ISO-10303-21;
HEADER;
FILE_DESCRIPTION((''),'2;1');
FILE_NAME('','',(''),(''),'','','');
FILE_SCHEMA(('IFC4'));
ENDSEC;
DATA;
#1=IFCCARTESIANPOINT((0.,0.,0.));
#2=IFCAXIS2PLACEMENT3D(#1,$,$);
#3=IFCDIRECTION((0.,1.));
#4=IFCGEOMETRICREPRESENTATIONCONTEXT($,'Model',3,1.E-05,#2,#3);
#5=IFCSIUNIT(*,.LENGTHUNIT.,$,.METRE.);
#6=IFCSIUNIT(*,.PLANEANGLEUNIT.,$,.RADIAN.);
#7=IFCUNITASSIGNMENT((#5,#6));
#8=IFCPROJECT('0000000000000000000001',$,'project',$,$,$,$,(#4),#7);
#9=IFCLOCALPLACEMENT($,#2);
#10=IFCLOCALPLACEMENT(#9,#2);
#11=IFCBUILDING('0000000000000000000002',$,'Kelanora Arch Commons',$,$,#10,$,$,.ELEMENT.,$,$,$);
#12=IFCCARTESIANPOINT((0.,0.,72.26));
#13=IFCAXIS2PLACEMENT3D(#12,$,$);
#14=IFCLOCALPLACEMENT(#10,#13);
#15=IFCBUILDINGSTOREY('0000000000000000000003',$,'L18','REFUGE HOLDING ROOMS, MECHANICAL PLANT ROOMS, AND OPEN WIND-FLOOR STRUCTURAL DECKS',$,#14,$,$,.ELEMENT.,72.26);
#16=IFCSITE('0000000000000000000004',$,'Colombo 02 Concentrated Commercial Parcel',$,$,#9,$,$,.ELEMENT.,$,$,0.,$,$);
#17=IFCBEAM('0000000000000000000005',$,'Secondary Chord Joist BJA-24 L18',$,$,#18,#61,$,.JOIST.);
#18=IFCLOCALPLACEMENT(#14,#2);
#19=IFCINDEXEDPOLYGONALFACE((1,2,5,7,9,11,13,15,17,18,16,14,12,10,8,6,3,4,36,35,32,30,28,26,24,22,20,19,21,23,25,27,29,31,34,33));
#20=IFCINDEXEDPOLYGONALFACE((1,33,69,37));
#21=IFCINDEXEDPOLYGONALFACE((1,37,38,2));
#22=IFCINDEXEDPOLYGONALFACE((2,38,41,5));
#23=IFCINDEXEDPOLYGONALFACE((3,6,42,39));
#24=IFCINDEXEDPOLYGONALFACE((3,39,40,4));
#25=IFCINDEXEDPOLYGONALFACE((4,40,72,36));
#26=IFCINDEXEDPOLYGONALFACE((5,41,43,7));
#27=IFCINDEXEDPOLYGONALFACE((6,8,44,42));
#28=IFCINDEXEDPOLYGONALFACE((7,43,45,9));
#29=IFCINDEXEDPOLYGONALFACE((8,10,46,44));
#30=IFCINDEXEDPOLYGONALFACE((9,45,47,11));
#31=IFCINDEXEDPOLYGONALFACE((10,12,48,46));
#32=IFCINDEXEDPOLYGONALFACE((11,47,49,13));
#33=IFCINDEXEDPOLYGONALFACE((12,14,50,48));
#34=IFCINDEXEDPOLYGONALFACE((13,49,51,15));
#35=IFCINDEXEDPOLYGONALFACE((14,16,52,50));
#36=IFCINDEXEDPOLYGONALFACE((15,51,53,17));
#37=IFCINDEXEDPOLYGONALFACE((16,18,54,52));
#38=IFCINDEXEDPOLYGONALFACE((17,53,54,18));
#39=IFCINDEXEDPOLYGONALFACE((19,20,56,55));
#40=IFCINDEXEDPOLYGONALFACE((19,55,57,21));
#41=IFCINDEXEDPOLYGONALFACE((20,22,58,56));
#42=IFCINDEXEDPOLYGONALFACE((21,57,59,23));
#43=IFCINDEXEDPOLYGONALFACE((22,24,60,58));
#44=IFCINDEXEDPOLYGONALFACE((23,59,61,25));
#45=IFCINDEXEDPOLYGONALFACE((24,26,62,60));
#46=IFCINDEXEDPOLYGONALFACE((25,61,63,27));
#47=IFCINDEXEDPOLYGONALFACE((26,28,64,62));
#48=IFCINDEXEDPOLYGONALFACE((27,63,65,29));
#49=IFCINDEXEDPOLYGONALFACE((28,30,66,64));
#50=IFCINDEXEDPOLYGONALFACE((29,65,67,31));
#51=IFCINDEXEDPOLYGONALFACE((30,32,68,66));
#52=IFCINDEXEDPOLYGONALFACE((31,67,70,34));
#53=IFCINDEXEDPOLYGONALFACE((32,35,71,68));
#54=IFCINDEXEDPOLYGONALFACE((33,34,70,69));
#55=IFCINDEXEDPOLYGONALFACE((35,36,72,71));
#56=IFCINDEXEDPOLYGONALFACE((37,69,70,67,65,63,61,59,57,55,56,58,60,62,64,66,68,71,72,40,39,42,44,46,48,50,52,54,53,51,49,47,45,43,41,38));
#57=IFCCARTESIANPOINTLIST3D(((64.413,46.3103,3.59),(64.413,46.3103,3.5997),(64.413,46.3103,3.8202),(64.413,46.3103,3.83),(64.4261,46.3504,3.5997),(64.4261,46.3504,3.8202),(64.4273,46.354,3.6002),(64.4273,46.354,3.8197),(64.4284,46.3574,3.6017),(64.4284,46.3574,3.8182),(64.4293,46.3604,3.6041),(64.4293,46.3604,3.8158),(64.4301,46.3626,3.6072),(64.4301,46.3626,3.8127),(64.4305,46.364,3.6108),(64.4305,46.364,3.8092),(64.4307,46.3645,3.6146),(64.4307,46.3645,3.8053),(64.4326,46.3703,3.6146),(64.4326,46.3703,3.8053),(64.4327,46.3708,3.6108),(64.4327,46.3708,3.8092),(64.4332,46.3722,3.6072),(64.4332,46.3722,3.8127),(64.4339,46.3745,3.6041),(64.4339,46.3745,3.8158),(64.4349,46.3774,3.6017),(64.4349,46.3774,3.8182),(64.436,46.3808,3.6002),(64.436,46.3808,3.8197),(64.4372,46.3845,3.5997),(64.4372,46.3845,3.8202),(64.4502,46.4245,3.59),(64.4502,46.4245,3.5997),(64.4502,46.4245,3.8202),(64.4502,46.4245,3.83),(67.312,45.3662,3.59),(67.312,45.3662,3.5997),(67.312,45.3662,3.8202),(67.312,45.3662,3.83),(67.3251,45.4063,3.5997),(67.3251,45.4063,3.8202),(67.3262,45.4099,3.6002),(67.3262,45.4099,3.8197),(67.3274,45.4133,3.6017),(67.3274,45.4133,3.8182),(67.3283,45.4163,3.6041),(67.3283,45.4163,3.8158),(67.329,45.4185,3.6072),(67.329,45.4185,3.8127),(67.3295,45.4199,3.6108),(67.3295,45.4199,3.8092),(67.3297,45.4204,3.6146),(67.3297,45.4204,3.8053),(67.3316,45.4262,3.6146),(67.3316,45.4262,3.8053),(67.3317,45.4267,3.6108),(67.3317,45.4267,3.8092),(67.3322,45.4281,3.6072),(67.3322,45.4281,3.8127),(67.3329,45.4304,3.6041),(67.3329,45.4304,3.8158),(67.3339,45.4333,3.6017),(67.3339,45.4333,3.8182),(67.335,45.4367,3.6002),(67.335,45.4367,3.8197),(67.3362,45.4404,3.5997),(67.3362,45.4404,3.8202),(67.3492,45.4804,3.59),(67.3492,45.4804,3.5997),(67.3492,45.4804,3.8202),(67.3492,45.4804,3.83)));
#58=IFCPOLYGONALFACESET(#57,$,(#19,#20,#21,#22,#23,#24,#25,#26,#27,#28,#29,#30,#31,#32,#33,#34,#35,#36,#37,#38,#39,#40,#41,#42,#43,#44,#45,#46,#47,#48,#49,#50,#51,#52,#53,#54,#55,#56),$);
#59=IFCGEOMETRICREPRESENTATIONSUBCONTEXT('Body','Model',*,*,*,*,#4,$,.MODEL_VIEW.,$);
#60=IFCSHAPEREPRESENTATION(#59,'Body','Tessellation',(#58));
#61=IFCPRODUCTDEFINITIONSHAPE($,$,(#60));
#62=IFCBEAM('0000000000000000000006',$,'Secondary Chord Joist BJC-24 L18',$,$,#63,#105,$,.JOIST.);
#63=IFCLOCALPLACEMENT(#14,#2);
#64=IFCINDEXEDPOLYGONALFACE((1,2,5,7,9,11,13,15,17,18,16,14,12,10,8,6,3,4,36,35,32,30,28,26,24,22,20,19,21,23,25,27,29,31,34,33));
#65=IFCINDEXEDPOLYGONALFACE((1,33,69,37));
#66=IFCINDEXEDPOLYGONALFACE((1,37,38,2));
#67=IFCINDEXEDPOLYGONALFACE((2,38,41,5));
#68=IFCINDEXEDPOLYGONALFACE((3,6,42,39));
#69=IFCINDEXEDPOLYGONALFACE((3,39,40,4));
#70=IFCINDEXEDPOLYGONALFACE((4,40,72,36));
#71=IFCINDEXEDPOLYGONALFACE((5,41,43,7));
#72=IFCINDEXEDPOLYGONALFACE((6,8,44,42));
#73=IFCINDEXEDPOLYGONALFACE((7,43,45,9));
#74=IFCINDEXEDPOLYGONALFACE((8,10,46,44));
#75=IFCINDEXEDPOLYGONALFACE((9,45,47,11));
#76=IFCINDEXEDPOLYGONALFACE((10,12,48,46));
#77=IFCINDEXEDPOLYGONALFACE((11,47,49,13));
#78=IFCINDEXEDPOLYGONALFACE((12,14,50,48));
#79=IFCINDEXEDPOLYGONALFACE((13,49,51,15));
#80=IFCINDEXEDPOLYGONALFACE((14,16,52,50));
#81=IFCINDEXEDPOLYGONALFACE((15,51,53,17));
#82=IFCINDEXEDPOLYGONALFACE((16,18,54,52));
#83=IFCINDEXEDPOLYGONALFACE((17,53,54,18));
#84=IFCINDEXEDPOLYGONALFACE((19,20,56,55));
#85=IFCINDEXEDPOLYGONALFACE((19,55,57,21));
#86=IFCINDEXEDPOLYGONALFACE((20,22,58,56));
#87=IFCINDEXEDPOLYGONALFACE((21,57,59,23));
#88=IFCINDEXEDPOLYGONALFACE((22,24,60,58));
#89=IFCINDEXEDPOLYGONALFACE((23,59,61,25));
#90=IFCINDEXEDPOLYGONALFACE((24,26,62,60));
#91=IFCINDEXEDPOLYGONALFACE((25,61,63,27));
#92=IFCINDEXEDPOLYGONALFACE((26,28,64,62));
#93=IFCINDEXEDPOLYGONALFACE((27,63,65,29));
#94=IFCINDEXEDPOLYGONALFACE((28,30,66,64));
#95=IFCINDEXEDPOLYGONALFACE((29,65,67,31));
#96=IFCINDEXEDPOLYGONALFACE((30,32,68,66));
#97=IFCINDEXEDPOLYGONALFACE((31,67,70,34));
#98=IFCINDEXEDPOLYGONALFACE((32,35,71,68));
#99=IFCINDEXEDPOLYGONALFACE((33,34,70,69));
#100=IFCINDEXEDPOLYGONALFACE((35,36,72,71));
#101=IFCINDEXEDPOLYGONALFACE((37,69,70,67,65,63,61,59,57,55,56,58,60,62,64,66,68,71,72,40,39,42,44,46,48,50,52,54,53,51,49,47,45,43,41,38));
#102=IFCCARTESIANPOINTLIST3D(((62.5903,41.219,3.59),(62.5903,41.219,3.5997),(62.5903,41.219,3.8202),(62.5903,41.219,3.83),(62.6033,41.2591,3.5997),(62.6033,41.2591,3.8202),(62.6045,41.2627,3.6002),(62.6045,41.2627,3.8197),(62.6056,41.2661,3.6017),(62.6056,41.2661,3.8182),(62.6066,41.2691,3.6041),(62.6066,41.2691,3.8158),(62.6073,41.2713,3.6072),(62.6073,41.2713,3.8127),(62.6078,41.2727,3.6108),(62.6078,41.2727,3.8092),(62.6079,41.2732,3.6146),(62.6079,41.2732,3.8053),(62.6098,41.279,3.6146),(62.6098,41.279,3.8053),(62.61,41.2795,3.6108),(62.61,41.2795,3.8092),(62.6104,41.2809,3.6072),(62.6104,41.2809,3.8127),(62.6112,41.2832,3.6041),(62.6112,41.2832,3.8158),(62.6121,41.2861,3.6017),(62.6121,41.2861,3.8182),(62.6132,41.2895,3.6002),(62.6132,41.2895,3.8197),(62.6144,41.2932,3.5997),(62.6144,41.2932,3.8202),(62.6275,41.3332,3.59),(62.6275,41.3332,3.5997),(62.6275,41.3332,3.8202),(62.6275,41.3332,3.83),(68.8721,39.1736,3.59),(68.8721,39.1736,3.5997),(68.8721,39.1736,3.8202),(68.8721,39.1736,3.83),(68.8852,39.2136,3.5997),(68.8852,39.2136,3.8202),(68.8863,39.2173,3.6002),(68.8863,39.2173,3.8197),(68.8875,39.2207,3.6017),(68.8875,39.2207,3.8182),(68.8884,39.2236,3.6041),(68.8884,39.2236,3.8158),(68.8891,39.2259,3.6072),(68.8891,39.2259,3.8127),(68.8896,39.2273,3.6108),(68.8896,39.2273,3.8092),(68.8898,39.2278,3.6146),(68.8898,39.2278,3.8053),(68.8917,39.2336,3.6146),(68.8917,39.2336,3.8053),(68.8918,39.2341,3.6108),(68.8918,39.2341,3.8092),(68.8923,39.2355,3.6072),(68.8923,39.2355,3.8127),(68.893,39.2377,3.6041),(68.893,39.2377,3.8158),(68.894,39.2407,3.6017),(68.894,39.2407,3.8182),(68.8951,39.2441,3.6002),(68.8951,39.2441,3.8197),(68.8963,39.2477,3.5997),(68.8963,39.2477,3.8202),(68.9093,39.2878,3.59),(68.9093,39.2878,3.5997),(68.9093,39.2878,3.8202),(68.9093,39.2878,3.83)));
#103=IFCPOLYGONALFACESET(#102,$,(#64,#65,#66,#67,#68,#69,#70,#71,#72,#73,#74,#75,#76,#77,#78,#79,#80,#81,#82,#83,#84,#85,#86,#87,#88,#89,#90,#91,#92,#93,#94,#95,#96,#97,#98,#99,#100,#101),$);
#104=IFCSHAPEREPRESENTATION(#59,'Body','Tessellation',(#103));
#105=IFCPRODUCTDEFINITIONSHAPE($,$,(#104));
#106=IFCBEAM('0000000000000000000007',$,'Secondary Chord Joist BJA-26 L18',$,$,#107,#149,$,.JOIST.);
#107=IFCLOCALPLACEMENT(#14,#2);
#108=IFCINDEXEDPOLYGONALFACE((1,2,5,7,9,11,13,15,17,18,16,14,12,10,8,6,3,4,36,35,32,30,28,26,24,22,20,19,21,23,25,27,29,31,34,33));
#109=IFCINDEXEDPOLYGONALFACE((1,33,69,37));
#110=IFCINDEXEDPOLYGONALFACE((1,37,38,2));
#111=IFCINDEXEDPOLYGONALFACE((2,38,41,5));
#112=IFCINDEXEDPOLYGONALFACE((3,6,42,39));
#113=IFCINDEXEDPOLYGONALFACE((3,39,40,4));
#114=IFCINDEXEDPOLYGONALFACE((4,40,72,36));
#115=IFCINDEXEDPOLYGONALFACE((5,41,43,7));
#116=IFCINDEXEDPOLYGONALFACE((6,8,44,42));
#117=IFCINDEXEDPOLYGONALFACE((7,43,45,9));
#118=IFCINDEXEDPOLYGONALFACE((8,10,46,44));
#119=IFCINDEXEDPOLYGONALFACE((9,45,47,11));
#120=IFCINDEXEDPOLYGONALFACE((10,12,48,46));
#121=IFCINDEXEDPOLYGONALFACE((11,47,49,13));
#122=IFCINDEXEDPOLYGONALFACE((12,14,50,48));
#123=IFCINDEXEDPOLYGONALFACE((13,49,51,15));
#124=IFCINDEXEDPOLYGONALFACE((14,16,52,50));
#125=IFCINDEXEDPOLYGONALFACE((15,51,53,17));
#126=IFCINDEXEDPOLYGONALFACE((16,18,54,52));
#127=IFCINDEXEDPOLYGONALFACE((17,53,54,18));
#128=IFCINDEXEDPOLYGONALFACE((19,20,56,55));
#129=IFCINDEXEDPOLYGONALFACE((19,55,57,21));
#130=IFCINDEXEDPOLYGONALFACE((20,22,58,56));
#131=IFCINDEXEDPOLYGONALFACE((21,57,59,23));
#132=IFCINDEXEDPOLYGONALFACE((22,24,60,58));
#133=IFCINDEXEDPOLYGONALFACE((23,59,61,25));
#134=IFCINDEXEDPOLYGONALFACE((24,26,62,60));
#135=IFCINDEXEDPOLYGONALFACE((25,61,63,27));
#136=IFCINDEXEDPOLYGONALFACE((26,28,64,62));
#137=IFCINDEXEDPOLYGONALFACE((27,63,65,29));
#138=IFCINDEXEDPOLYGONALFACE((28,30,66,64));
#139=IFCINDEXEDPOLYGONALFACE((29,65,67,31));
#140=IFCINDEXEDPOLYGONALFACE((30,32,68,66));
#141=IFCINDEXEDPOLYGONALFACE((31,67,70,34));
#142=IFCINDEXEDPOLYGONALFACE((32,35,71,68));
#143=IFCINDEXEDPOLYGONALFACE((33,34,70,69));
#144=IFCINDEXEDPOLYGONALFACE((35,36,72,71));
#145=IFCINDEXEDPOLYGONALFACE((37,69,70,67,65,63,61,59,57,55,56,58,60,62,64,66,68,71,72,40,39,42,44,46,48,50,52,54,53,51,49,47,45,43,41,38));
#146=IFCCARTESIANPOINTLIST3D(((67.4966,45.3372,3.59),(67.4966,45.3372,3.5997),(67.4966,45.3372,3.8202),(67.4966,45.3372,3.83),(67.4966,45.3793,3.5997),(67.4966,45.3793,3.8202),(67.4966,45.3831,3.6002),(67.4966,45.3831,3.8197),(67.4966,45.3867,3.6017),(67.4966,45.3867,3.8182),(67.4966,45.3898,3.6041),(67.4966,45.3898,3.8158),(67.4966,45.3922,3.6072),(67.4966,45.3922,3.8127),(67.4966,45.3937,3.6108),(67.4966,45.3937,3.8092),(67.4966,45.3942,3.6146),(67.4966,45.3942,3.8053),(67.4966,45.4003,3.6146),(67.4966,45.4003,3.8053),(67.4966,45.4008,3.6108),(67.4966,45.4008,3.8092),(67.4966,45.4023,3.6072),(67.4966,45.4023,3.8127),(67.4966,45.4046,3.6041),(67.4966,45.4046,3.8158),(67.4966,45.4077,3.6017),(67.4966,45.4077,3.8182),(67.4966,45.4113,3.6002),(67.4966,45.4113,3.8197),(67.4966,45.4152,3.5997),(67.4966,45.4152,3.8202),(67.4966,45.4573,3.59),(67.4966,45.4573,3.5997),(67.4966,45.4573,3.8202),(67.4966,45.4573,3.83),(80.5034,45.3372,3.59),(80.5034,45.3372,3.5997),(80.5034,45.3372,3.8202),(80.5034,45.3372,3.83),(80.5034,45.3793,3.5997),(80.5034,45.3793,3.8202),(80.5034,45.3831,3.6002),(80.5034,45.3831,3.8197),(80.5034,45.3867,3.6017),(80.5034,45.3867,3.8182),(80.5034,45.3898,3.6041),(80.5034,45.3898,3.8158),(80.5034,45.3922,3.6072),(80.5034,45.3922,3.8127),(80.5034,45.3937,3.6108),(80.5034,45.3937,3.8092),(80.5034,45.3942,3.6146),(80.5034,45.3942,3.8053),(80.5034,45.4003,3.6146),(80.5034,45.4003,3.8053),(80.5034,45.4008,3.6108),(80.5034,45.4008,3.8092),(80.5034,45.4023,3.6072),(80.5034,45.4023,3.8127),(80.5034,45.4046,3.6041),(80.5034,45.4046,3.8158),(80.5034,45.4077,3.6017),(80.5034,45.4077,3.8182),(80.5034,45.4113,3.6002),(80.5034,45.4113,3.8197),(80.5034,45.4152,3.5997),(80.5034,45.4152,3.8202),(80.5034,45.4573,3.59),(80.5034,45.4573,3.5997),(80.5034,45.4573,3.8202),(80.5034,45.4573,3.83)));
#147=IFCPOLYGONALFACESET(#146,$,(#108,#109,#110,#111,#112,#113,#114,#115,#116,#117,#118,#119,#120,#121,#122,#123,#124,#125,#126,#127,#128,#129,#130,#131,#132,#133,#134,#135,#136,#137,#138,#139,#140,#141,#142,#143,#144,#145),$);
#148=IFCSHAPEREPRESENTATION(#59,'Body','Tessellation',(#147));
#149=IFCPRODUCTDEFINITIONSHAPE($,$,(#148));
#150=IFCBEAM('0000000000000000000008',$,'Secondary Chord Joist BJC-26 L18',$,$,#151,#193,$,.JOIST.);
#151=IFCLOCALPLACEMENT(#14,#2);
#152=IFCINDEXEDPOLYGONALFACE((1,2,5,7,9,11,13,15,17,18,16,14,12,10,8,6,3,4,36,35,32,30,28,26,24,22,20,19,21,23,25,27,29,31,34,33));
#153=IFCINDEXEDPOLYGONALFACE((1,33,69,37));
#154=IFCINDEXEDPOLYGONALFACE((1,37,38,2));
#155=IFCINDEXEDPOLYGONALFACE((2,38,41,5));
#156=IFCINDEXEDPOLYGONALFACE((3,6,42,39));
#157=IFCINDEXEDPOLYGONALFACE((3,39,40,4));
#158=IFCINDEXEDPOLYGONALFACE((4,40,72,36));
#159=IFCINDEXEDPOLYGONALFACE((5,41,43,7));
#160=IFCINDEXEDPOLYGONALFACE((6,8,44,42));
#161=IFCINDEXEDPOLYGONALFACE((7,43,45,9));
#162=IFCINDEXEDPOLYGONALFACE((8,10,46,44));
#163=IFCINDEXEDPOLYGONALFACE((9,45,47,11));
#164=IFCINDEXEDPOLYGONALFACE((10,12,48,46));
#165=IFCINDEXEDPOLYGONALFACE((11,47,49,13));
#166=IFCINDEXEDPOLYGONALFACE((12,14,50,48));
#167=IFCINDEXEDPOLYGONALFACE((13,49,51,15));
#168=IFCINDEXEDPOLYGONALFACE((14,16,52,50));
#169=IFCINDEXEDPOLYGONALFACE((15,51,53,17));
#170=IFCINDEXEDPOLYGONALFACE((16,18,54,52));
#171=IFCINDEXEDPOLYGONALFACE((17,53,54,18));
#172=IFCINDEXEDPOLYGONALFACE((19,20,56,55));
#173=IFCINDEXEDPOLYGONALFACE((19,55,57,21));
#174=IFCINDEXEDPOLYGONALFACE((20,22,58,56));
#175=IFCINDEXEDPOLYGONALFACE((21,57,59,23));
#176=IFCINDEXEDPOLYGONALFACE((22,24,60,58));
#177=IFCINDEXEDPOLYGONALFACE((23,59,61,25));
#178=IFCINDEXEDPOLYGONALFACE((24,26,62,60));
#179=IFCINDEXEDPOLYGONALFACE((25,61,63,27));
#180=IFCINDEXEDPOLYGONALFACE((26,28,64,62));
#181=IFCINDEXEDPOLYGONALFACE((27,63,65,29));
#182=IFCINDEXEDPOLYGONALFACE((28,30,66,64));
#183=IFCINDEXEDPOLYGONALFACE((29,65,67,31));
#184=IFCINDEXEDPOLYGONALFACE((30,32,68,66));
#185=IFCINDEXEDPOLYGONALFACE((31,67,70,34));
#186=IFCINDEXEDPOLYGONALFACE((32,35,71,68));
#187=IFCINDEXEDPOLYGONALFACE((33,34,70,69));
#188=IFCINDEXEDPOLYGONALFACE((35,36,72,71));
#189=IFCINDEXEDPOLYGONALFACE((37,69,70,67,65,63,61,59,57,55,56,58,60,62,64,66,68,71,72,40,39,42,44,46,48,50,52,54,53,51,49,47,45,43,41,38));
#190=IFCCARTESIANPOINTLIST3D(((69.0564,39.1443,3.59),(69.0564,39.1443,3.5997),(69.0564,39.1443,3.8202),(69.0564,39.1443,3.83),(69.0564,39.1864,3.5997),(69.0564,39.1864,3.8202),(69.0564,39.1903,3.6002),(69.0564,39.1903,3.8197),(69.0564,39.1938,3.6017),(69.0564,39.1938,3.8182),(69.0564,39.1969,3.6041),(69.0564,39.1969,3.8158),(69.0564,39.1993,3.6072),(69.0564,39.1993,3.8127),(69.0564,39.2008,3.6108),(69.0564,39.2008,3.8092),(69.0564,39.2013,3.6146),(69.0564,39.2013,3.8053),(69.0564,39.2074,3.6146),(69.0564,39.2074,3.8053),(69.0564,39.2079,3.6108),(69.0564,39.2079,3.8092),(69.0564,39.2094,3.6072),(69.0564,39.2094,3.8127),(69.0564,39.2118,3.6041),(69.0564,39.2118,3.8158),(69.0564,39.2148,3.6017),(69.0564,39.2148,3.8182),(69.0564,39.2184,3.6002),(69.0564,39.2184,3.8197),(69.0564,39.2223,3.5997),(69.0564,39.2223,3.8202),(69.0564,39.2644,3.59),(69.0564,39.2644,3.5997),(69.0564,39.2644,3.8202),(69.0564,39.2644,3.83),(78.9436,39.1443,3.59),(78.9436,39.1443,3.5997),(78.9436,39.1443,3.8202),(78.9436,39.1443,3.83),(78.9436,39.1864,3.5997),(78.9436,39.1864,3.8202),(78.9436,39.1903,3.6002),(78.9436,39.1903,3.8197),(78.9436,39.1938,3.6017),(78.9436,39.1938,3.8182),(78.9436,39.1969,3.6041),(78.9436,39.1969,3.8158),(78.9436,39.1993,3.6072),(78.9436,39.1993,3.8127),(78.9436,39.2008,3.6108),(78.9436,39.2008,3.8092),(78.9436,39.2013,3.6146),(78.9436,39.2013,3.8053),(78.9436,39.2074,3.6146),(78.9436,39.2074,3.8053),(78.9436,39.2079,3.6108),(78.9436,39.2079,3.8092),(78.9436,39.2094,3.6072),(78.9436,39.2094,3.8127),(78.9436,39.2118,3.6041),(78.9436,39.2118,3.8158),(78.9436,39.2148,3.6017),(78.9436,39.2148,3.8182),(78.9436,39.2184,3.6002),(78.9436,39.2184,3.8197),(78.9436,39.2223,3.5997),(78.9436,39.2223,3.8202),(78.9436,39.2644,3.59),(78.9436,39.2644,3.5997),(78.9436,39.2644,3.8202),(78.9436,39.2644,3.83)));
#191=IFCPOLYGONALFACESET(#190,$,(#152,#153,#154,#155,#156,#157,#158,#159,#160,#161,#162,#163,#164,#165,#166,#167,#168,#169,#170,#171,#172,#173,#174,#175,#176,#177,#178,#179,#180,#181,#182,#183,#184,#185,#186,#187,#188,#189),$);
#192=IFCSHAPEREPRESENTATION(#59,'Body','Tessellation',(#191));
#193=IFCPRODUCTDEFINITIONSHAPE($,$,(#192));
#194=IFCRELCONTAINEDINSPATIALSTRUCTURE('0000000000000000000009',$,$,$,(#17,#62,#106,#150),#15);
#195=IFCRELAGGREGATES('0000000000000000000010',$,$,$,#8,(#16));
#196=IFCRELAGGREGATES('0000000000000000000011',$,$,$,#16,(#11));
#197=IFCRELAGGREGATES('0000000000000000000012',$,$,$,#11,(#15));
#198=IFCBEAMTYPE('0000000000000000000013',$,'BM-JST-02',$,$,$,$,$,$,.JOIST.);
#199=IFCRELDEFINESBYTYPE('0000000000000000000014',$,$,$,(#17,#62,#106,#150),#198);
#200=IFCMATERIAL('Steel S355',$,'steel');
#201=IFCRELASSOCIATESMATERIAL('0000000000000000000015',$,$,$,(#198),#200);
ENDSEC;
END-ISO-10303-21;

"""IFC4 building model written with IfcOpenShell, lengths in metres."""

from ifc_helpers import new_model, si_unit, direction, frame, origin, origin_2d, place, context, subcontext, project, spatial, i_section, extrude, material, material_profile, profile_set, type_object, element, save


model = new_model("IFC4")

# Units and contexts
model_context = context("Model", 3, precision=1e-05, world=origin(), true_north=direction((0.0, 1.0)))
body_context = subcontext(model_context, "Body", "Model", "MODEL_VIEW")
ifc_project = project(units=[si_unit("LENGTHUNIT", "METRE"), si_unit("PLANEANGLEUNIT", "RADIAN")], contexts=[model_context])

# Site, building, storey
site_placement = place(None, origin())
site = spatial("IfcSite", under=ifc_project, at=site_placement, Name="Colombo 02 Concentrated Commercial Parcel", CompositionType="ELEMENT", RefElevation=0.0)
building_placement = place(site_placement, origin())
building = spatial("IfcBuilding", under=site, at=building_placement, Name="Kelanora Arch Commons", CompositionType="ELEMENT")
storey_placement = place(building_placement, frame((0.0, 0.0, 72.26)))
storey = spatial("IfcBuildingStorey", under=building, at=storey_placement, Name="L18", Description="REFUGE HOLDING ROOMS, MECHANICAL PLANT ROOMS, AND OPEN WIND-FLOOR STRUCTURAL DECKS", CompositionType="ELEMENT", Elevation=72.26)

# Beams
ifc_material_1 = material(Name="Steel S355", Category="steel")
ifc_material_profile_1 = material_profile(ifc_material_1, i_section(OverallWidth=0.1201, OverallDepth=0.24, WebThickness=0.0061, FlangeThickness=0.0098, FilletRadius=0.0149, at=origin_2d()), Name="IPE240")
ifc_profile_set_1 = profile_set([ifc_material_profile_1], Name="Steel S355")
beam_type_1 = type_object("IfcBeamType", Name="BM-JST-02", PredefinedType="JOIST", material=ifc_profile_set_1)
beam_1_placement = place(storey_placement, frame((64.4316, 46.3674, 3.71), z_axis=(0.950847, -0.309662, 0.0), x_axis=(0.309662, 0.950847, 0.0)))
element("IfcBeam", 1, at=beam_1_placement, inside=storey, type_object=beam_type_1, Name="Secondary Chord Joist BJA-24 L18", PredefinedType="JOIST", context=body_context, shape_type="SweptSolid", body=[
    extrude(i_section(OverallWidth=0.1201, OverallDepth=0.24, WebThickness=0.0061, FlangeThickness=0.0098, FilletRadius=0.0149, at=origin_2d()), origin(), (0.0, 0.0, 1.0), 3.0488),
])
beam_2_placement = place(storey_placement, frame((62.6089, 41.2761, 3.71), z_axis=(0.950863, -0.309612, 0.0), x_axis=(0.309612, 0.950863, 0.0)))
element("IfcBeam", 2, at=beam_2_placement, inside=storey, type_object=beam_type_1, Name="Secondary Chord Joist BJC-24 L18", PredefinedType="JOIST", context=body_context, shape_type="SweptSolid", body=[
    extrude(i_section(OverallWidth=0.1201, OverallDepth=0.24, WebThickness=0.0061, FlangeThickness=0.0098, FilletRadius=0.0149, at=origin_2d()), origin(), (0.0, 0.0, 1.0), 6.6064),
])
beam_3_placement = place(storey_placement, frame((67.4966, 45.3972, 3.71), z_axis=(1.0, 0.0, 0.0), x_axis=(0.0, 1.0, 0.0)))
element("IfcBeam", 3, at=beam_3_placement, inside=storey, type_object=beam_type_1, Name="Secondary Chord Joist BJA-26 L18", PredefinedType="JOIST", context=body_context, shape_type="SweptSolid", body=[
    extrude(i_section(OverallWidth=0.1201, OverallDepth=0.24, WebThickness=0.0061, FlangeThickness=0.0098, FilletRadius=0.0149, at=origin_2d()), origin(), (0.0, 0.0, 1.0), 13.0068),
])
beam_4_placement = place(storey_placement, frame((69.0564, 39.2043, 3.71), z_axis=(1.0, 0.0, 0.0), x_axis=(0.0, 1.0, 0.0)))
element("IfcBeam", 4, at=beam_4_placement, inside=storey, type_object=beam_type_1, Name="Secondary Chord Joist BJC-26 L18", PredefinedType="JOIST", context=body_context, shape_type="SweptSolid", body=[
    extrude(i_section(OverallWidth=0.1201, OverallDepth=0.24, WebThickness=0.0061, FlangeThickness=0.0098, FilletRadius=0.0149, at=origin_2d()), origin(), (0.0, 0.0, 1.0), 9.8872),
])

save(model, "model.ifc")
